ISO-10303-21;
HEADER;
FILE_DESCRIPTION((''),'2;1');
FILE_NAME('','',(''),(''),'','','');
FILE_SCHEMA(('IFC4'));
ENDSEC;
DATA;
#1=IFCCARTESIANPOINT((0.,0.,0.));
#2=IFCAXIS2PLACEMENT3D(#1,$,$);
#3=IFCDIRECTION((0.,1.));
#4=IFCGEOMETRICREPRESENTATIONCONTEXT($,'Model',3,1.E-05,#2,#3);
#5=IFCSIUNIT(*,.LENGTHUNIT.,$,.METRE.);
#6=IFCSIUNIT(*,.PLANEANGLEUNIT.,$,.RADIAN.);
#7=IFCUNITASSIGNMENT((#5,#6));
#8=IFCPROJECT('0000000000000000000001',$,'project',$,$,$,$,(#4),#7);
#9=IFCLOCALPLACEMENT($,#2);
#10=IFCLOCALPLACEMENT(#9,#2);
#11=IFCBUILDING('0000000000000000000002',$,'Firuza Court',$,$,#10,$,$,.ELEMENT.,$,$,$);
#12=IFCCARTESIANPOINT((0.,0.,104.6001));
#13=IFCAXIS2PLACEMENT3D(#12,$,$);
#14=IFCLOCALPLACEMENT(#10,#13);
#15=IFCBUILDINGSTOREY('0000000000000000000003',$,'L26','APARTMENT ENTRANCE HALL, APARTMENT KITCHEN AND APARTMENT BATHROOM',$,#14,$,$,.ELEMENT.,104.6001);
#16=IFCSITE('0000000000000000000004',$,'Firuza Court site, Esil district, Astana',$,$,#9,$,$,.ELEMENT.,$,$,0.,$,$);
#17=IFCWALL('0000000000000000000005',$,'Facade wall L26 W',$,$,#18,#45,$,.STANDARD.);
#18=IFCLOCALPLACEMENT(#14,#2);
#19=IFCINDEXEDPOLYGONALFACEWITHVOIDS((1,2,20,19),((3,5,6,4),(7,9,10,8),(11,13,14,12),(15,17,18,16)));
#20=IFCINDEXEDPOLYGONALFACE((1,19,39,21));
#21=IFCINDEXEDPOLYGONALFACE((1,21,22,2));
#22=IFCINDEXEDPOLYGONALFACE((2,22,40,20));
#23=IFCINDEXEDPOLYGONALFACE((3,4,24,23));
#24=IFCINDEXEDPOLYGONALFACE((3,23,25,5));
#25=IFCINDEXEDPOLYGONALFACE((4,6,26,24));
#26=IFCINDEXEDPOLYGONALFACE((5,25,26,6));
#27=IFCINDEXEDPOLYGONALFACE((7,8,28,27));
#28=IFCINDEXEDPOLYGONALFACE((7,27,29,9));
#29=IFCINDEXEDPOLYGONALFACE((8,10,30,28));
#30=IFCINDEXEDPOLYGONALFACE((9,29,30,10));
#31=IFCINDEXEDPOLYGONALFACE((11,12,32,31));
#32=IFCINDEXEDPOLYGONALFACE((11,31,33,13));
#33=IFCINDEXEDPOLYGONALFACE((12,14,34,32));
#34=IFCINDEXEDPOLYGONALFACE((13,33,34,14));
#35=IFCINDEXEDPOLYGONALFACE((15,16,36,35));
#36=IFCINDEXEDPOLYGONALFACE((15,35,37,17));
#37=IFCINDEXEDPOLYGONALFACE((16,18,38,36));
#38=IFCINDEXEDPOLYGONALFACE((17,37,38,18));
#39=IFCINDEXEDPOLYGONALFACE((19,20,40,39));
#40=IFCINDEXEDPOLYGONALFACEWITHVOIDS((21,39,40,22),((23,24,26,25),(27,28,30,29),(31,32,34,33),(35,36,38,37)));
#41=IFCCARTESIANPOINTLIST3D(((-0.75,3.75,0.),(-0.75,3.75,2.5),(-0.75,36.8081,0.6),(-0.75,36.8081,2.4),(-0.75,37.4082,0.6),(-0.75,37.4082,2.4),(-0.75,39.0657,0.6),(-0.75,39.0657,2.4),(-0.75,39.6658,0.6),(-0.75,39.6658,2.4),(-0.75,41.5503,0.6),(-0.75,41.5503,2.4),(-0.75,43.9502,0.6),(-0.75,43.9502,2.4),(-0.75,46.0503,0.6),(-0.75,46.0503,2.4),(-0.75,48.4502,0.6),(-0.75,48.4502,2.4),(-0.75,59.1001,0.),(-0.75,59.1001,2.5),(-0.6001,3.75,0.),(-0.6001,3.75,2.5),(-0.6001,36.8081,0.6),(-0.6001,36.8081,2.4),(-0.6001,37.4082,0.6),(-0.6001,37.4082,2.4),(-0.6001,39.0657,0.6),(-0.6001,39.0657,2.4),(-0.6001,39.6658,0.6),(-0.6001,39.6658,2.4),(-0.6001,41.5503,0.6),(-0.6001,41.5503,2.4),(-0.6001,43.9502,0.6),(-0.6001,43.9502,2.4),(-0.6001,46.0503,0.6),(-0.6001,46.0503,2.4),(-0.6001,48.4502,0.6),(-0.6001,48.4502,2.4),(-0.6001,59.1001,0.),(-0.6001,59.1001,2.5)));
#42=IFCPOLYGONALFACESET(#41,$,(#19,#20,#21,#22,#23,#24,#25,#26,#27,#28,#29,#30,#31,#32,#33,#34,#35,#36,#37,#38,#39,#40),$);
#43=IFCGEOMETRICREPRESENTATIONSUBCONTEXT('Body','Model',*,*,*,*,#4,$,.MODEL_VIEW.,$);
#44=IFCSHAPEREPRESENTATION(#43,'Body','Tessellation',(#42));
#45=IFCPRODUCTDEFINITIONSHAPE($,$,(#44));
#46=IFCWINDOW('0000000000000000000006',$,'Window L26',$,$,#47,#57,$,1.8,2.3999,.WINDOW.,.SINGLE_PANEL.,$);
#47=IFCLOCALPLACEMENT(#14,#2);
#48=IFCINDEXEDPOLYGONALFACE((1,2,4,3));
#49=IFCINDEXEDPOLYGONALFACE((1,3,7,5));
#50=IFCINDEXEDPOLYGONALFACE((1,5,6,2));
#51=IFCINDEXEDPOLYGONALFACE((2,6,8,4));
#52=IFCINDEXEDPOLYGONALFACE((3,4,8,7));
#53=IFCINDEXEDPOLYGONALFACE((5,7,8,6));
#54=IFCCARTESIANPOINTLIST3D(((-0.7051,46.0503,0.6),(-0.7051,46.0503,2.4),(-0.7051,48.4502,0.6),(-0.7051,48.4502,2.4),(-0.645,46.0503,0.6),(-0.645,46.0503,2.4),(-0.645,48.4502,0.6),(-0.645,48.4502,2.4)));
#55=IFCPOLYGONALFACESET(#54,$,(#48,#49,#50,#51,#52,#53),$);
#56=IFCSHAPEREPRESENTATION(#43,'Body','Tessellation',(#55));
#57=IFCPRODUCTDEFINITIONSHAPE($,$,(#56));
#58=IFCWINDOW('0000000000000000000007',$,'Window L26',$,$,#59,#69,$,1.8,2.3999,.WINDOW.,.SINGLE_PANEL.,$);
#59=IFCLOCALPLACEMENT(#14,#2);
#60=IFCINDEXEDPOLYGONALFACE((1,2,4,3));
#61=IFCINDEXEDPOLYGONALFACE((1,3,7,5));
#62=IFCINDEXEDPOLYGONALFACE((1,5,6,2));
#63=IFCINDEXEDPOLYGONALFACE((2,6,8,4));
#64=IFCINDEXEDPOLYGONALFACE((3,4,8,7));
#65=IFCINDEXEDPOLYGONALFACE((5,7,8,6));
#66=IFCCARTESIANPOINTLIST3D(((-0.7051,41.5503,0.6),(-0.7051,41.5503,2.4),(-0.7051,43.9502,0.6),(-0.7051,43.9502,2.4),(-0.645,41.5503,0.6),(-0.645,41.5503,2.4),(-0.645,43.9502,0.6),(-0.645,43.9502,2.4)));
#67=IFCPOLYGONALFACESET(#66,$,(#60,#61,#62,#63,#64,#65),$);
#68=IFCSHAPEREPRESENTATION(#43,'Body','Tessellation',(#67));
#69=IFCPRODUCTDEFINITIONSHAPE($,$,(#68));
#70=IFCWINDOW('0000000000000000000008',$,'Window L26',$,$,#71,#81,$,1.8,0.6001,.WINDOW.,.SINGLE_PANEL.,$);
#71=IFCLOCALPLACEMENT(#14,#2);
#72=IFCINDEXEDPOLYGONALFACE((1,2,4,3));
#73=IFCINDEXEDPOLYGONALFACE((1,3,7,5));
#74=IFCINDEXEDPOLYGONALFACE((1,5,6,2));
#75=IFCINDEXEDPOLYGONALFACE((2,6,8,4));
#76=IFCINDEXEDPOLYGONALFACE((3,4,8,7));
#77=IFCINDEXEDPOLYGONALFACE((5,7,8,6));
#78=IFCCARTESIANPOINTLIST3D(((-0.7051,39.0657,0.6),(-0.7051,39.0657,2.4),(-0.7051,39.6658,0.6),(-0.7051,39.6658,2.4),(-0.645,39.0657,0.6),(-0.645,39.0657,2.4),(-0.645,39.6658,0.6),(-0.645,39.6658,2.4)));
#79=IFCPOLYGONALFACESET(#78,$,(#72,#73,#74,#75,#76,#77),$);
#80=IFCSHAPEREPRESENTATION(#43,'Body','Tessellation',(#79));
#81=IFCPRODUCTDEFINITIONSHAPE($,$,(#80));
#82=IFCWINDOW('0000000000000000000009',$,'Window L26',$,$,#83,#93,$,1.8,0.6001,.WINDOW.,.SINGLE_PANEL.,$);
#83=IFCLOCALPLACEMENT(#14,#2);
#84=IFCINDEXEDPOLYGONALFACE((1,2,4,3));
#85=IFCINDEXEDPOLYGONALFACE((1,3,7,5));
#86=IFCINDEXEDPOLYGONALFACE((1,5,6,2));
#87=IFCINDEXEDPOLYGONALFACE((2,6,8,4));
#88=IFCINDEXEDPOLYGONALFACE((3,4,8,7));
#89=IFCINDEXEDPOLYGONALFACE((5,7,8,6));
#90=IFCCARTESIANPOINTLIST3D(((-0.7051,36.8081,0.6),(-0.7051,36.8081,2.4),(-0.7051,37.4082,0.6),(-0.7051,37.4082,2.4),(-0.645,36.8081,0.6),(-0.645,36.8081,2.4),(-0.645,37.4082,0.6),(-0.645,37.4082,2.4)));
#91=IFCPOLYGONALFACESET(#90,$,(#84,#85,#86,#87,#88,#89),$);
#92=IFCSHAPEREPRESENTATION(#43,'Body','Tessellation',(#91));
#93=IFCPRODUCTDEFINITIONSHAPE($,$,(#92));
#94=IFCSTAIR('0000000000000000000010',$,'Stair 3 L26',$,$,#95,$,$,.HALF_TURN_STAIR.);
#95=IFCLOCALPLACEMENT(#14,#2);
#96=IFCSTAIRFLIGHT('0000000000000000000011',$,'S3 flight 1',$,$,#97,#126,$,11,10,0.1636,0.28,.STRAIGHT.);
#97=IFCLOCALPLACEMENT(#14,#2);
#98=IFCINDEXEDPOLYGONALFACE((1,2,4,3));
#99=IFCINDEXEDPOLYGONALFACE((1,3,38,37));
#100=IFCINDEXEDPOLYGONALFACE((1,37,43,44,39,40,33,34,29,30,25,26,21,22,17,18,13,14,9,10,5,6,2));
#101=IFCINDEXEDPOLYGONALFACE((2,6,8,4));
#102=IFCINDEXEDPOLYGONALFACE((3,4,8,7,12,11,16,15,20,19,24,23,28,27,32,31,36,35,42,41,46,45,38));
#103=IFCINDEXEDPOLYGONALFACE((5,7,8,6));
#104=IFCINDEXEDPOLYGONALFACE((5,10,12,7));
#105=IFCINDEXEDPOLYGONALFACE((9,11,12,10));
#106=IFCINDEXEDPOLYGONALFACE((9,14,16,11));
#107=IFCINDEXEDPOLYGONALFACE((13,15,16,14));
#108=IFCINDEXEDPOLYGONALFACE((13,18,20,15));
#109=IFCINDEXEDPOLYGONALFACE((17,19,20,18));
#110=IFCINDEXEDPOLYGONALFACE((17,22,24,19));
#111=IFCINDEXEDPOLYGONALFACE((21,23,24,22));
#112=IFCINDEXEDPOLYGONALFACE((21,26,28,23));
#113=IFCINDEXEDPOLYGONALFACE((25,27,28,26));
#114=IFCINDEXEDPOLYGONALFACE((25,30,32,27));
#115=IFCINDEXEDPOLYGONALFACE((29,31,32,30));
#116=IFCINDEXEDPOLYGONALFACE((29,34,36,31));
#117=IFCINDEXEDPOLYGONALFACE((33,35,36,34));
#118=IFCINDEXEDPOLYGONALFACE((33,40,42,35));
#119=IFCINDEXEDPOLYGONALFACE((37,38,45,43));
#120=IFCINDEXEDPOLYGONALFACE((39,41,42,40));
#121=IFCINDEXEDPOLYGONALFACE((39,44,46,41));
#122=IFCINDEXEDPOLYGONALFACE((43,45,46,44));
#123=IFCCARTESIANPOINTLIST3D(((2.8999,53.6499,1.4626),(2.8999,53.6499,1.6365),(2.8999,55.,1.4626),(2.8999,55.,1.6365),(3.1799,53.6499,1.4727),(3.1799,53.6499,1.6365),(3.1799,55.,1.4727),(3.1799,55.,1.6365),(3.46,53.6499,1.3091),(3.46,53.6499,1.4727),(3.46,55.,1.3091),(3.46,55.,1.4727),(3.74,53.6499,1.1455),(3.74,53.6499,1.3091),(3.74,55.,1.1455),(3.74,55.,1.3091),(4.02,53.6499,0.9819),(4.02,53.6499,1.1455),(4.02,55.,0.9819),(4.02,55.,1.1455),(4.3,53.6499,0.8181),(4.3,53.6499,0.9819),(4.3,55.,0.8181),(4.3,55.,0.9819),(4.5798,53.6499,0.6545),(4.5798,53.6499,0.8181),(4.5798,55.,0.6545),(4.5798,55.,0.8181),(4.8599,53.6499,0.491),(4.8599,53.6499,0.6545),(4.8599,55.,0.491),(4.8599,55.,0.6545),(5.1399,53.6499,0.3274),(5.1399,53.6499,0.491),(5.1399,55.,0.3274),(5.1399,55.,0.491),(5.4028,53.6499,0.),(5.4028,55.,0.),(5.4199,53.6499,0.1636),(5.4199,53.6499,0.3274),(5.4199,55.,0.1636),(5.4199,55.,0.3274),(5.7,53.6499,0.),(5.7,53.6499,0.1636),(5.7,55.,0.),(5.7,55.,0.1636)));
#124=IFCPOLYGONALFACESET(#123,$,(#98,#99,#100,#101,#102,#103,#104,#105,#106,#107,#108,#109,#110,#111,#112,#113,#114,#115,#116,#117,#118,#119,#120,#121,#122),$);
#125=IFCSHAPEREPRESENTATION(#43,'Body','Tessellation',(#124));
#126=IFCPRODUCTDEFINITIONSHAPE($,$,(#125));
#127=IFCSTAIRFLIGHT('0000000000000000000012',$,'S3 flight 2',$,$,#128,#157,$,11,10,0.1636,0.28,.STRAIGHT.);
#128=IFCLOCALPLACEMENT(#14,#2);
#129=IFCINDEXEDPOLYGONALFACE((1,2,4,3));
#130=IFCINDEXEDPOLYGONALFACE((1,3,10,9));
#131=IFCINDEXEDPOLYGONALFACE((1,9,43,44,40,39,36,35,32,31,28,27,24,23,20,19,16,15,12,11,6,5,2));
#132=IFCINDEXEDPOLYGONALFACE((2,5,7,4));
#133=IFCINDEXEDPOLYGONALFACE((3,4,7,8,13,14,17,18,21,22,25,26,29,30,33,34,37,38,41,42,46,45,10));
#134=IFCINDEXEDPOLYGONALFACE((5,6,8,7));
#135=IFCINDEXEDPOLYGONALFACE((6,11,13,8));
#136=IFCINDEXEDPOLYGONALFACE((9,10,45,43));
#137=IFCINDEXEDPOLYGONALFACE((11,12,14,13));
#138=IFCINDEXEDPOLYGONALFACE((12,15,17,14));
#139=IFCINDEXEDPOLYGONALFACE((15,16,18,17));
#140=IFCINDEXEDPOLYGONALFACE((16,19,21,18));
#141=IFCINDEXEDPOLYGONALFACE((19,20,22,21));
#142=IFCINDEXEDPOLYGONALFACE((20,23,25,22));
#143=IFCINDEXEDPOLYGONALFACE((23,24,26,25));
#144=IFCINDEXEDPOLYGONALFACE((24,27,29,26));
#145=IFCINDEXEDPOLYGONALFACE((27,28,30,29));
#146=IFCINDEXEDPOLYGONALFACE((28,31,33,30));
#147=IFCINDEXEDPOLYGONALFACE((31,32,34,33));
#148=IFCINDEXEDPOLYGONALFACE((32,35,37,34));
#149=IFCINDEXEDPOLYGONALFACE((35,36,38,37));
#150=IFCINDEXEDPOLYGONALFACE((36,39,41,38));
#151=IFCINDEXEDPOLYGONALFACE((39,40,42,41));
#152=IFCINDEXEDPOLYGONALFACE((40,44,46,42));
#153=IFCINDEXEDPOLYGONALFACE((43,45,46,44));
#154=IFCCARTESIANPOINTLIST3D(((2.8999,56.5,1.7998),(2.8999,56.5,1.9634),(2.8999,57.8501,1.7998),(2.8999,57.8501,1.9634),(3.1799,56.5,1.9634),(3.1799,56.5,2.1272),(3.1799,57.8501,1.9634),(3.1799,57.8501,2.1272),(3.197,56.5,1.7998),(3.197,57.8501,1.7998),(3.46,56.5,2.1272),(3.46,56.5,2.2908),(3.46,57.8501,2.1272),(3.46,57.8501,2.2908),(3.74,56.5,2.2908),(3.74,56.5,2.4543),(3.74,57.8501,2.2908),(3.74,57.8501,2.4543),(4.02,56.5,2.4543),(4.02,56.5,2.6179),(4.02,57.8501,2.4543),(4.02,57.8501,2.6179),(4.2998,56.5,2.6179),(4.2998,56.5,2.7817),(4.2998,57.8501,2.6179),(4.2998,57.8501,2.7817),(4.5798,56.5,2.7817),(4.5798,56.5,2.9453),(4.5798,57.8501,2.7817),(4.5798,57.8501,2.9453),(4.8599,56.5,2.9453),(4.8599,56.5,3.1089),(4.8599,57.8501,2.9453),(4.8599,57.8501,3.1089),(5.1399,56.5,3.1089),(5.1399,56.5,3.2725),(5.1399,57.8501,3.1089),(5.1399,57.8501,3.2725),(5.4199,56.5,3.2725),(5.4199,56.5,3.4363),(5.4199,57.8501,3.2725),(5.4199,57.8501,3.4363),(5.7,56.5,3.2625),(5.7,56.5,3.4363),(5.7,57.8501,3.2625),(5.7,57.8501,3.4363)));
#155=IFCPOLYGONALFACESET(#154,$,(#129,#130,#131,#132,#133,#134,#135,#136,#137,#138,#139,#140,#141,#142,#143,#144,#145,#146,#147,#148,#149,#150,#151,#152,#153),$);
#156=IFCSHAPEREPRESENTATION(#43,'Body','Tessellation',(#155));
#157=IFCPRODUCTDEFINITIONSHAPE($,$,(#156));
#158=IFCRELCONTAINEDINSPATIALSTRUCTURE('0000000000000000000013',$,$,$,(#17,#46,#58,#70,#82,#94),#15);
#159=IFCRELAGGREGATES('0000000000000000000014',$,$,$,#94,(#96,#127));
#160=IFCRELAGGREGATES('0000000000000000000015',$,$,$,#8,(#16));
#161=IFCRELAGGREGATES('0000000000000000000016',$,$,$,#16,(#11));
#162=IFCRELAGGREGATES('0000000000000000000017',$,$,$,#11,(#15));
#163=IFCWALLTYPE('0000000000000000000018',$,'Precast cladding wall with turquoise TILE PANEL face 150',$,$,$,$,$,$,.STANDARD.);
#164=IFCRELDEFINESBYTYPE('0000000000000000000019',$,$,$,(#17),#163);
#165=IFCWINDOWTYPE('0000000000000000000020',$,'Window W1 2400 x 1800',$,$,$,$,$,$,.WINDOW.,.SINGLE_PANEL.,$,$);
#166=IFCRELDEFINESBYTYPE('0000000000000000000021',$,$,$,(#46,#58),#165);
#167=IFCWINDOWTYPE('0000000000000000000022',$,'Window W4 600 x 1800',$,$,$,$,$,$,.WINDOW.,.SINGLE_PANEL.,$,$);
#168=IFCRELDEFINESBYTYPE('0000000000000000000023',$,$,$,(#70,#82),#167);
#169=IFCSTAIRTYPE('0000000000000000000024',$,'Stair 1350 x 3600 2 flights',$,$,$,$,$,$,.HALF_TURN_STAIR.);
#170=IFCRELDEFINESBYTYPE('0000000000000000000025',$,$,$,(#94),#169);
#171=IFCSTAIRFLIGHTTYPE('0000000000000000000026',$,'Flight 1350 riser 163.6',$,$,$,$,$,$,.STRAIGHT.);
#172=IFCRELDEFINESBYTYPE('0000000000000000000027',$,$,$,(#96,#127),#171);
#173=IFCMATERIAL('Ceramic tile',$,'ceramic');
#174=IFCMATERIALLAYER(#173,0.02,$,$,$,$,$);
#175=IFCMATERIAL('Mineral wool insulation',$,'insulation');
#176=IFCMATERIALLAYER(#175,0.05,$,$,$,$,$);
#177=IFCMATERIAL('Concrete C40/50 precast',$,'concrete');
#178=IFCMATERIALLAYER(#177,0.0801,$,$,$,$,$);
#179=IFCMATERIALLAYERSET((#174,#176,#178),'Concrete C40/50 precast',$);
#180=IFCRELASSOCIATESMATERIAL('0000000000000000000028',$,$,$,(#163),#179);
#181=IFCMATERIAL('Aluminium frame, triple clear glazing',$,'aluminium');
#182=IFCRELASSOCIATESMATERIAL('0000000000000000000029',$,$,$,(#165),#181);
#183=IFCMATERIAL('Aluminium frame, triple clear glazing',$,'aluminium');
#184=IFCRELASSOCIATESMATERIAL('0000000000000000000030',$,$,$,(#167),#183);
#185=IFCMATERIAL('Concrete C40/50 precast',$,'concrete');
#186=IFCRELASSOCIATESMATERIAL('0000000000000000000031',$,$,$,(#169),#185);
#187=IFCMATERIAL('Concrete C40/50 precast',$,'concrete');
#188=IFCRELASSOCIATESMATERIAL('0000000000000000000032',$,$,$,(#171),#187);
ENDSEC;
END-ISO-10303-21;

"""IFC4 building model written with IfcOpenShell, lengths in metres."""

from ifc_helpers import new_model, si_unit, direction, frame, frame_2d, origin, place, context, subcontext, project, spatial, polyline, rectangle, outline, extrude, material, layer, layer_set, type_object, element, fill, aggregate, save


model = new_model("IFC4")

# Units and contexts
model_context = context("Model", 3, precision=1e-05, world=origin(), true_north=direction((0.0, 1.0)))
body_context = subcontext(model_context, "Body", "Model", "MODEL_VIEW")
ifc_project = project(units=[si_unit("LENGTHUNIT", "METRE"), si_unit("PLANEANGLEUNIT", "RADIAN")], contexts=[model_context])

# Site, building, storey
site_placement = place(None, origin())
site = spatial("IfcSite", under=ifc_project, at=site_placement, Name="Firuza Court site, Esil district, Astana", CompositionType="ELEMENT", RefElevation=0.0)
building_placement = place(site_placement, origin())
building = spatial("IfcBuilding", under=site, at=building_placement, Name="Firuza Court", CompositionType="ELEMENT")
storey_placement = place(building_placement, frame((0.0, 0.0, 104.6001)))
storey = spatial("IfcBuildingStorey", under=building, at=storey_placement, Name="L26", Description="APARTMENT ENTRANCE HALL, APARTMENT KITCHEN AND APARTMENT BATHROOM", CompositionType="ELEMENT", Elevation=104.6001)

# Wall, openings, windows
ifc_material_1 = material(Name="Ceramic tile", Category="ceramic")
ifc_layer_1 = layer(ifc_material_1, 0.02)
ifc_material_2 = material(Name="Mineral wool insulation", Category="insulation")
ifc_layer_2 = layer(ifc_material_2, 0.05)
ifc_material_3 = material(Name="Concrete C40/50 precast", Category="concrete")
ifc_layer_3 = layer(ifc_material_3, 0.0801)
ifc_layer_set_1 = layer_set([ifc_layer_1, ifc_layer_2, ifc_layer_3], Name="Concrete C40/50 precast")
wall_type_1 = type_object("IfcWallType", Name="Precast cladding wall with turquoise TILE PANEL face 150", PredefinedType="STANDARD", material=ifc_layer_set_1)
wall_1_placement = place(storey_placement, frame((-0.675, 59.1001, 0.0), z_axis=(0.0, 0.0, 1.0), x_axis=(0.0, -1.0, 0.0)))
wall_1 = element("IfcWall", 1, at=wall_1_placement, inside=storey, type_object=wall_type_1, Name="Facade wall L26 W", PredefinedType="STANDARD", context=body_context, shape_type="SweptSolid", body=[
    extrude(rectangle(XDim=55.3501, YDim=0.1499, at=frame_2d((27.675, 0.0))), origin(), (0.0, 0.0, 1.0), 2.5),
])
opening_1_placement = place(wall_1_placement, frame((10.6499, 0.0, 0.6001)))
opening_1 = element("IfcOpeningElement", 2, at=opening_1_placement, cuts=wall_1, PredefinedType="OPENING", context=body_context, shape_type="SweptSolid", body=[
    extrude(rectangle(XDim=2.3999, YDim=1.8, at=frame_2d((1.2, 0.8999))), frame((0.0, 0.0869, 0.0), z_axis=(0.0, -1.0, 0.0), x_axis=(1.0, 0.0, 0.0)), (0.0, 0.0, 1.0), 0.1738),
])
opening_2_placement = place(wall_1_placement, frame((15.1499, 0.0, 0.6001)))
opening_2 = element("IfcOpeningElement", 3, at=opening_2_placement, cuts=wall_1, PredefinedType="OPENING", context=body_context, shape_type="SweptSolid", body=[
    extrude(rectangle(XDim=2.3999, YDim=1.8, at=frame_2d((1.2, 0.8999))), frame((0.0, 0.0869, 0.0), z_axis=(0.0, -1.0, 0.0), x_axis=(1.0, 0.0, 0.0)), (0.0, 0.0, 1.0), 0.1738),
])
opening_3_placement = place(wall_1_placement, frame((19.4343, 0.0, 0.6001)))
opening_3 = element("IfcOpeningElement", 4, at=opening_3_placement, cuts=wall_1, PredefinedType="OPENING", context=body_context, shape_type="SweptSolid", body=[
    extrude(rectangle(XDim=0.6001, YDim=1.8, at=frame_2d((0.3, 0.8999))), frame((0.0, 0.0869, 0.0), z_axis=(0.0, -1.0, 0.0), x_axis=(1.0, 0.0, 0.0)), (0.0, 0.0, 1.0), 0.1738),
])
opening_4_placement = place(wall_1_placement, frame((21.6919, 0.0, 0.6001)))
opening_4 = element("IfcOpeningElement", 5, at=opening_4_placement, cuts=wall_1, PredefinedType="OPENING", context=body_context, shape_type="SweptSolid", body=[
    extrude(rectangle(XDim=0.6001, YDim=1.8, at=frame_2d((0.3, 0.8999))), frame((0.0, 0.0869, 0.0), z_axis=(0.0, -1.0, 0.0), x_axis=(1.0, 0.0, 0.0)), (0.0, 0.0, 1.0), 0.1738),
])
ifc_material_4 = material(Name="Aluminium frame, triple clear glazing", Category="aluminium")
window_type_1 = type_object("IfcWindowType", Name="Window W1 2400 x 1800", PartitioningType="SINGLE_PANEL", PredefinedType="WINDOW", material=ifc_material_4)
window_1_placement = place(opening_1_placement, origin())
window_1 = element("IfcWindow", 6, at=window_1_placement, inside=storey, type_object=window_type_1, Name="Window L26", OverallHeight=1.8, OverallWidth=2.3999, PartitioningType="SINGLE_PANEL", PredefinedType="WINDOW", context=body_context, shape_type="SweptSolid", body=[
    extrude(rectangle(XDim=2.3999, YDim=1.8, at=frame_2d((1.2, 0.8999))), frame((0.0, 0.03, 0.0), z_axis=(0.0, -1.0, 0.0), x_axis=(1.0, 0.0, 0.0)), (0.0, 0.0, 1.0), 0.0601),
])
fill(opening_1, window_1)
window_2_placement = place(opening_2_placement, origin())
window_2 = element("IfcWindow", 7, at=window_2_placement, inside=storey, type_object=window_type_1, Name="Window L26", OverallHeight=1.8, OverallWidth=2.3999, PartitioningType="SINGLE_PANEL", PredefinedType="WINDOW", context=body_context, shape_type="SweptSolid", body=[
    extrude(rectangle(XDim=2.3999, YDim=1.8, at=frame_2d((1.2, 0.8999))), frame((0.0, 0.03, 0.0), z_axis=(0.0, -1.0, 0.0), x_axis=(1.0, 0.0, 0.0)), (0.0, 0.0, 1.0), 0.0601),
])
fill(opening_2, window_2)
ifc_material_5 = material(Name="Aluminium frame, triple clear glazing", Category="aluminium")
window_type_2 = type_object("IfcWindowType", Name="Window W4 600 x 1800", PartitioningType="SINGLE_PANEL", PredefinedType="WINDOW", material=ifc_material_5)
window_3_placement = place(opening_3_placement, origin())
window_3 = element("IfcWindow", 8, at=window_3_placement, inside=storey, type_object=window_type_2, Name="Window L26", OverallHeight=1.8, OverallWidth=0.6001, PartitioningType="SINGLE_PANEL", PredefinedType="WINDOW", context=body_context, shape_type="SweptSolid", body=[
    extrude(rectangle(XDim=0.6001, YDim=1.8, at=frame_2d((0.3, 0.8999))), frame((0.0, 0.03, 0.0), z_axis=(0.0, -1.0, 0.0), x_axis=(1.0, 0.0, 0.0)), (0.0, 0.0, 1.0), 0.0601),
])
fill(opening_3, window_3)
window_4_placement = place(opening_4_placement, origin())
window_4 = element("IfcWindow", 9, at=window_4_placement, inside=storey, type_object=window_type_2, Name="Window L26", OverallHeight=1.8, OverallWidth=0.6001, PartitioningType="SINGLE_PANEL", PredefinedType="WINDOW", context=body_context, shape_type="SweptSolid", body=[
    extrude(rectangle(XDim=0.6001, YDim=1.8, at=frame_2d((0.3, 0.8999))), frame((0.0, 0.03, 0.0), z_axis=(0.0, -1.0, 0.0), x_axis=(1.0, 0.0, 0.0)), (0.0, 0.0, 1.0), 0.0601),
])
fill(opening_4, window_4)

# Stair, stair flights
ifc_material_6 = material(Name="Concrete C40/50 precast", Category="concrete")
stair_type = type_object("IfcStairType", Name="Stair 1350 x 3600 2 flights", PredefinedType="HALF_TURN_STAIR", material=ifc_material_6)
stair_placement = place(storey_placement, origin())
stair = element("IfcStair", 10, at=stair_placement, inside=storey, type_object=stair_type, Name="Stair 3 L26", PredefinedType="HALF_TURN_STAIR")
ifc_material_7 = material(Name="Concrete C40/50 precast", Category="concrete")
stair_flight_type = type_object("IfcStairFlightType", Name="Flight 1350 riser 163.6", PredefinedType="STRAIGHT", material=ifc_material_7)
stair_flight_1_placement = place(storey_placement, frame((5.7, 54.325, 0.0), z_axis=(0.0, 0.0, 1.0), x_axis=(-1.0, 0.0, 0.0)))
stair_flight_1 = element("IfcStairFlight", 11, at=stair_flight_1_placement, type_object=stair_flight_type, Name="S3 flight 1", NumberOfRisers=11, NumberOfTreads=10, PredefinedType="STRAIGHT", RiserHeight=0.1636, TreadLength=0.28, context=body_context, shape_type="SweptSolid", body=[
    extrude(outline(polyline([(0.0, 0.0), (0.0, 0.1636), (0.28, 0.1636), (0.28, 0.3274), (0.5601, 0.3274), (0.5601, 0.491), (0.8401, 0.491), (0.8401, 0.6545), (1.1201, 0.6545), (1.1201, 0.8181), (1.3999, 0.8181), (1.3999, 0.9819), (1.6799, 0.9819), (1.6799, 1.1455), (1.96, 1.1455), (1.96, 1.3091), (2.24, 1.3091), (2.24, 1.4727), (2.52, 1.4727), (2.52, 1.6365), (2.8, 1.6365), (2.8, 1.8), (2.8, 1.4626), (0.2971, 0.0), (0.0, 0.0)])), frame((0.0, 0.675, 0.0), z_axis=(0.0, -1.0, 0.0), x_axis=(1.0, 0.0, 0.0)), (0.0, 0.0, 1.0), 1.3501),
])
stair_flight_2_placement = place(storey_placement, frame((2.8999, 57.175, 1.7998), z_axis=(0.0, 0.0, 1.0), x_axis=(1.0, 0.0, 0.0)))
stair_flight_2 = element("IfcStairFlight", 12, at=stair_flight_2_placement, type_object=stair_flight_type, Name="S3 flight 2", NumberOfRisers=11, NumberOfTreads=10, PredefinedType="STRAIGHT", RiserHeight=0.1636, TreadLength=0.28, context=body_context, shape_type="SweptSolid", body=[
    extrude(outline(polyline([(0.0, 0.0), (0.0, 0.1636), (0.28, 0.1636), (0.28, 0.3274), (0.5601, 0.3274), (0.5601, 0.491), (0.8401, 0.491), (0.8401, 0.6545), (1.1201, 0.6545), (1.1201, 0.8181), (1.3999, 0.8181), (1.3999, 0.9819), (1.6799, 0.9819), (1.6799, 1.1455), (1.96, 1.1455), (1.96, 1.3091), (2.24, 1.3091), (2.24, 1.4727), (2.52, 1.4727), (2.52, 1.6365), (2.8, 1.6365), (2.8, 1.8), (2.8, 1.4626), (0.2971, 0.0), (0.0, 0.0)])), frame((0.0, 0.675, 0.0), z_axis=(0.0, -1.0, 0.0), x_axis=(1.0, 0.0, 0.0)), (0.0, 0.0, 1.0), 1.3501),
])
aggregate(stair, [stair_flight_1, stair_flight_2])

save(model, "model.ifc")
